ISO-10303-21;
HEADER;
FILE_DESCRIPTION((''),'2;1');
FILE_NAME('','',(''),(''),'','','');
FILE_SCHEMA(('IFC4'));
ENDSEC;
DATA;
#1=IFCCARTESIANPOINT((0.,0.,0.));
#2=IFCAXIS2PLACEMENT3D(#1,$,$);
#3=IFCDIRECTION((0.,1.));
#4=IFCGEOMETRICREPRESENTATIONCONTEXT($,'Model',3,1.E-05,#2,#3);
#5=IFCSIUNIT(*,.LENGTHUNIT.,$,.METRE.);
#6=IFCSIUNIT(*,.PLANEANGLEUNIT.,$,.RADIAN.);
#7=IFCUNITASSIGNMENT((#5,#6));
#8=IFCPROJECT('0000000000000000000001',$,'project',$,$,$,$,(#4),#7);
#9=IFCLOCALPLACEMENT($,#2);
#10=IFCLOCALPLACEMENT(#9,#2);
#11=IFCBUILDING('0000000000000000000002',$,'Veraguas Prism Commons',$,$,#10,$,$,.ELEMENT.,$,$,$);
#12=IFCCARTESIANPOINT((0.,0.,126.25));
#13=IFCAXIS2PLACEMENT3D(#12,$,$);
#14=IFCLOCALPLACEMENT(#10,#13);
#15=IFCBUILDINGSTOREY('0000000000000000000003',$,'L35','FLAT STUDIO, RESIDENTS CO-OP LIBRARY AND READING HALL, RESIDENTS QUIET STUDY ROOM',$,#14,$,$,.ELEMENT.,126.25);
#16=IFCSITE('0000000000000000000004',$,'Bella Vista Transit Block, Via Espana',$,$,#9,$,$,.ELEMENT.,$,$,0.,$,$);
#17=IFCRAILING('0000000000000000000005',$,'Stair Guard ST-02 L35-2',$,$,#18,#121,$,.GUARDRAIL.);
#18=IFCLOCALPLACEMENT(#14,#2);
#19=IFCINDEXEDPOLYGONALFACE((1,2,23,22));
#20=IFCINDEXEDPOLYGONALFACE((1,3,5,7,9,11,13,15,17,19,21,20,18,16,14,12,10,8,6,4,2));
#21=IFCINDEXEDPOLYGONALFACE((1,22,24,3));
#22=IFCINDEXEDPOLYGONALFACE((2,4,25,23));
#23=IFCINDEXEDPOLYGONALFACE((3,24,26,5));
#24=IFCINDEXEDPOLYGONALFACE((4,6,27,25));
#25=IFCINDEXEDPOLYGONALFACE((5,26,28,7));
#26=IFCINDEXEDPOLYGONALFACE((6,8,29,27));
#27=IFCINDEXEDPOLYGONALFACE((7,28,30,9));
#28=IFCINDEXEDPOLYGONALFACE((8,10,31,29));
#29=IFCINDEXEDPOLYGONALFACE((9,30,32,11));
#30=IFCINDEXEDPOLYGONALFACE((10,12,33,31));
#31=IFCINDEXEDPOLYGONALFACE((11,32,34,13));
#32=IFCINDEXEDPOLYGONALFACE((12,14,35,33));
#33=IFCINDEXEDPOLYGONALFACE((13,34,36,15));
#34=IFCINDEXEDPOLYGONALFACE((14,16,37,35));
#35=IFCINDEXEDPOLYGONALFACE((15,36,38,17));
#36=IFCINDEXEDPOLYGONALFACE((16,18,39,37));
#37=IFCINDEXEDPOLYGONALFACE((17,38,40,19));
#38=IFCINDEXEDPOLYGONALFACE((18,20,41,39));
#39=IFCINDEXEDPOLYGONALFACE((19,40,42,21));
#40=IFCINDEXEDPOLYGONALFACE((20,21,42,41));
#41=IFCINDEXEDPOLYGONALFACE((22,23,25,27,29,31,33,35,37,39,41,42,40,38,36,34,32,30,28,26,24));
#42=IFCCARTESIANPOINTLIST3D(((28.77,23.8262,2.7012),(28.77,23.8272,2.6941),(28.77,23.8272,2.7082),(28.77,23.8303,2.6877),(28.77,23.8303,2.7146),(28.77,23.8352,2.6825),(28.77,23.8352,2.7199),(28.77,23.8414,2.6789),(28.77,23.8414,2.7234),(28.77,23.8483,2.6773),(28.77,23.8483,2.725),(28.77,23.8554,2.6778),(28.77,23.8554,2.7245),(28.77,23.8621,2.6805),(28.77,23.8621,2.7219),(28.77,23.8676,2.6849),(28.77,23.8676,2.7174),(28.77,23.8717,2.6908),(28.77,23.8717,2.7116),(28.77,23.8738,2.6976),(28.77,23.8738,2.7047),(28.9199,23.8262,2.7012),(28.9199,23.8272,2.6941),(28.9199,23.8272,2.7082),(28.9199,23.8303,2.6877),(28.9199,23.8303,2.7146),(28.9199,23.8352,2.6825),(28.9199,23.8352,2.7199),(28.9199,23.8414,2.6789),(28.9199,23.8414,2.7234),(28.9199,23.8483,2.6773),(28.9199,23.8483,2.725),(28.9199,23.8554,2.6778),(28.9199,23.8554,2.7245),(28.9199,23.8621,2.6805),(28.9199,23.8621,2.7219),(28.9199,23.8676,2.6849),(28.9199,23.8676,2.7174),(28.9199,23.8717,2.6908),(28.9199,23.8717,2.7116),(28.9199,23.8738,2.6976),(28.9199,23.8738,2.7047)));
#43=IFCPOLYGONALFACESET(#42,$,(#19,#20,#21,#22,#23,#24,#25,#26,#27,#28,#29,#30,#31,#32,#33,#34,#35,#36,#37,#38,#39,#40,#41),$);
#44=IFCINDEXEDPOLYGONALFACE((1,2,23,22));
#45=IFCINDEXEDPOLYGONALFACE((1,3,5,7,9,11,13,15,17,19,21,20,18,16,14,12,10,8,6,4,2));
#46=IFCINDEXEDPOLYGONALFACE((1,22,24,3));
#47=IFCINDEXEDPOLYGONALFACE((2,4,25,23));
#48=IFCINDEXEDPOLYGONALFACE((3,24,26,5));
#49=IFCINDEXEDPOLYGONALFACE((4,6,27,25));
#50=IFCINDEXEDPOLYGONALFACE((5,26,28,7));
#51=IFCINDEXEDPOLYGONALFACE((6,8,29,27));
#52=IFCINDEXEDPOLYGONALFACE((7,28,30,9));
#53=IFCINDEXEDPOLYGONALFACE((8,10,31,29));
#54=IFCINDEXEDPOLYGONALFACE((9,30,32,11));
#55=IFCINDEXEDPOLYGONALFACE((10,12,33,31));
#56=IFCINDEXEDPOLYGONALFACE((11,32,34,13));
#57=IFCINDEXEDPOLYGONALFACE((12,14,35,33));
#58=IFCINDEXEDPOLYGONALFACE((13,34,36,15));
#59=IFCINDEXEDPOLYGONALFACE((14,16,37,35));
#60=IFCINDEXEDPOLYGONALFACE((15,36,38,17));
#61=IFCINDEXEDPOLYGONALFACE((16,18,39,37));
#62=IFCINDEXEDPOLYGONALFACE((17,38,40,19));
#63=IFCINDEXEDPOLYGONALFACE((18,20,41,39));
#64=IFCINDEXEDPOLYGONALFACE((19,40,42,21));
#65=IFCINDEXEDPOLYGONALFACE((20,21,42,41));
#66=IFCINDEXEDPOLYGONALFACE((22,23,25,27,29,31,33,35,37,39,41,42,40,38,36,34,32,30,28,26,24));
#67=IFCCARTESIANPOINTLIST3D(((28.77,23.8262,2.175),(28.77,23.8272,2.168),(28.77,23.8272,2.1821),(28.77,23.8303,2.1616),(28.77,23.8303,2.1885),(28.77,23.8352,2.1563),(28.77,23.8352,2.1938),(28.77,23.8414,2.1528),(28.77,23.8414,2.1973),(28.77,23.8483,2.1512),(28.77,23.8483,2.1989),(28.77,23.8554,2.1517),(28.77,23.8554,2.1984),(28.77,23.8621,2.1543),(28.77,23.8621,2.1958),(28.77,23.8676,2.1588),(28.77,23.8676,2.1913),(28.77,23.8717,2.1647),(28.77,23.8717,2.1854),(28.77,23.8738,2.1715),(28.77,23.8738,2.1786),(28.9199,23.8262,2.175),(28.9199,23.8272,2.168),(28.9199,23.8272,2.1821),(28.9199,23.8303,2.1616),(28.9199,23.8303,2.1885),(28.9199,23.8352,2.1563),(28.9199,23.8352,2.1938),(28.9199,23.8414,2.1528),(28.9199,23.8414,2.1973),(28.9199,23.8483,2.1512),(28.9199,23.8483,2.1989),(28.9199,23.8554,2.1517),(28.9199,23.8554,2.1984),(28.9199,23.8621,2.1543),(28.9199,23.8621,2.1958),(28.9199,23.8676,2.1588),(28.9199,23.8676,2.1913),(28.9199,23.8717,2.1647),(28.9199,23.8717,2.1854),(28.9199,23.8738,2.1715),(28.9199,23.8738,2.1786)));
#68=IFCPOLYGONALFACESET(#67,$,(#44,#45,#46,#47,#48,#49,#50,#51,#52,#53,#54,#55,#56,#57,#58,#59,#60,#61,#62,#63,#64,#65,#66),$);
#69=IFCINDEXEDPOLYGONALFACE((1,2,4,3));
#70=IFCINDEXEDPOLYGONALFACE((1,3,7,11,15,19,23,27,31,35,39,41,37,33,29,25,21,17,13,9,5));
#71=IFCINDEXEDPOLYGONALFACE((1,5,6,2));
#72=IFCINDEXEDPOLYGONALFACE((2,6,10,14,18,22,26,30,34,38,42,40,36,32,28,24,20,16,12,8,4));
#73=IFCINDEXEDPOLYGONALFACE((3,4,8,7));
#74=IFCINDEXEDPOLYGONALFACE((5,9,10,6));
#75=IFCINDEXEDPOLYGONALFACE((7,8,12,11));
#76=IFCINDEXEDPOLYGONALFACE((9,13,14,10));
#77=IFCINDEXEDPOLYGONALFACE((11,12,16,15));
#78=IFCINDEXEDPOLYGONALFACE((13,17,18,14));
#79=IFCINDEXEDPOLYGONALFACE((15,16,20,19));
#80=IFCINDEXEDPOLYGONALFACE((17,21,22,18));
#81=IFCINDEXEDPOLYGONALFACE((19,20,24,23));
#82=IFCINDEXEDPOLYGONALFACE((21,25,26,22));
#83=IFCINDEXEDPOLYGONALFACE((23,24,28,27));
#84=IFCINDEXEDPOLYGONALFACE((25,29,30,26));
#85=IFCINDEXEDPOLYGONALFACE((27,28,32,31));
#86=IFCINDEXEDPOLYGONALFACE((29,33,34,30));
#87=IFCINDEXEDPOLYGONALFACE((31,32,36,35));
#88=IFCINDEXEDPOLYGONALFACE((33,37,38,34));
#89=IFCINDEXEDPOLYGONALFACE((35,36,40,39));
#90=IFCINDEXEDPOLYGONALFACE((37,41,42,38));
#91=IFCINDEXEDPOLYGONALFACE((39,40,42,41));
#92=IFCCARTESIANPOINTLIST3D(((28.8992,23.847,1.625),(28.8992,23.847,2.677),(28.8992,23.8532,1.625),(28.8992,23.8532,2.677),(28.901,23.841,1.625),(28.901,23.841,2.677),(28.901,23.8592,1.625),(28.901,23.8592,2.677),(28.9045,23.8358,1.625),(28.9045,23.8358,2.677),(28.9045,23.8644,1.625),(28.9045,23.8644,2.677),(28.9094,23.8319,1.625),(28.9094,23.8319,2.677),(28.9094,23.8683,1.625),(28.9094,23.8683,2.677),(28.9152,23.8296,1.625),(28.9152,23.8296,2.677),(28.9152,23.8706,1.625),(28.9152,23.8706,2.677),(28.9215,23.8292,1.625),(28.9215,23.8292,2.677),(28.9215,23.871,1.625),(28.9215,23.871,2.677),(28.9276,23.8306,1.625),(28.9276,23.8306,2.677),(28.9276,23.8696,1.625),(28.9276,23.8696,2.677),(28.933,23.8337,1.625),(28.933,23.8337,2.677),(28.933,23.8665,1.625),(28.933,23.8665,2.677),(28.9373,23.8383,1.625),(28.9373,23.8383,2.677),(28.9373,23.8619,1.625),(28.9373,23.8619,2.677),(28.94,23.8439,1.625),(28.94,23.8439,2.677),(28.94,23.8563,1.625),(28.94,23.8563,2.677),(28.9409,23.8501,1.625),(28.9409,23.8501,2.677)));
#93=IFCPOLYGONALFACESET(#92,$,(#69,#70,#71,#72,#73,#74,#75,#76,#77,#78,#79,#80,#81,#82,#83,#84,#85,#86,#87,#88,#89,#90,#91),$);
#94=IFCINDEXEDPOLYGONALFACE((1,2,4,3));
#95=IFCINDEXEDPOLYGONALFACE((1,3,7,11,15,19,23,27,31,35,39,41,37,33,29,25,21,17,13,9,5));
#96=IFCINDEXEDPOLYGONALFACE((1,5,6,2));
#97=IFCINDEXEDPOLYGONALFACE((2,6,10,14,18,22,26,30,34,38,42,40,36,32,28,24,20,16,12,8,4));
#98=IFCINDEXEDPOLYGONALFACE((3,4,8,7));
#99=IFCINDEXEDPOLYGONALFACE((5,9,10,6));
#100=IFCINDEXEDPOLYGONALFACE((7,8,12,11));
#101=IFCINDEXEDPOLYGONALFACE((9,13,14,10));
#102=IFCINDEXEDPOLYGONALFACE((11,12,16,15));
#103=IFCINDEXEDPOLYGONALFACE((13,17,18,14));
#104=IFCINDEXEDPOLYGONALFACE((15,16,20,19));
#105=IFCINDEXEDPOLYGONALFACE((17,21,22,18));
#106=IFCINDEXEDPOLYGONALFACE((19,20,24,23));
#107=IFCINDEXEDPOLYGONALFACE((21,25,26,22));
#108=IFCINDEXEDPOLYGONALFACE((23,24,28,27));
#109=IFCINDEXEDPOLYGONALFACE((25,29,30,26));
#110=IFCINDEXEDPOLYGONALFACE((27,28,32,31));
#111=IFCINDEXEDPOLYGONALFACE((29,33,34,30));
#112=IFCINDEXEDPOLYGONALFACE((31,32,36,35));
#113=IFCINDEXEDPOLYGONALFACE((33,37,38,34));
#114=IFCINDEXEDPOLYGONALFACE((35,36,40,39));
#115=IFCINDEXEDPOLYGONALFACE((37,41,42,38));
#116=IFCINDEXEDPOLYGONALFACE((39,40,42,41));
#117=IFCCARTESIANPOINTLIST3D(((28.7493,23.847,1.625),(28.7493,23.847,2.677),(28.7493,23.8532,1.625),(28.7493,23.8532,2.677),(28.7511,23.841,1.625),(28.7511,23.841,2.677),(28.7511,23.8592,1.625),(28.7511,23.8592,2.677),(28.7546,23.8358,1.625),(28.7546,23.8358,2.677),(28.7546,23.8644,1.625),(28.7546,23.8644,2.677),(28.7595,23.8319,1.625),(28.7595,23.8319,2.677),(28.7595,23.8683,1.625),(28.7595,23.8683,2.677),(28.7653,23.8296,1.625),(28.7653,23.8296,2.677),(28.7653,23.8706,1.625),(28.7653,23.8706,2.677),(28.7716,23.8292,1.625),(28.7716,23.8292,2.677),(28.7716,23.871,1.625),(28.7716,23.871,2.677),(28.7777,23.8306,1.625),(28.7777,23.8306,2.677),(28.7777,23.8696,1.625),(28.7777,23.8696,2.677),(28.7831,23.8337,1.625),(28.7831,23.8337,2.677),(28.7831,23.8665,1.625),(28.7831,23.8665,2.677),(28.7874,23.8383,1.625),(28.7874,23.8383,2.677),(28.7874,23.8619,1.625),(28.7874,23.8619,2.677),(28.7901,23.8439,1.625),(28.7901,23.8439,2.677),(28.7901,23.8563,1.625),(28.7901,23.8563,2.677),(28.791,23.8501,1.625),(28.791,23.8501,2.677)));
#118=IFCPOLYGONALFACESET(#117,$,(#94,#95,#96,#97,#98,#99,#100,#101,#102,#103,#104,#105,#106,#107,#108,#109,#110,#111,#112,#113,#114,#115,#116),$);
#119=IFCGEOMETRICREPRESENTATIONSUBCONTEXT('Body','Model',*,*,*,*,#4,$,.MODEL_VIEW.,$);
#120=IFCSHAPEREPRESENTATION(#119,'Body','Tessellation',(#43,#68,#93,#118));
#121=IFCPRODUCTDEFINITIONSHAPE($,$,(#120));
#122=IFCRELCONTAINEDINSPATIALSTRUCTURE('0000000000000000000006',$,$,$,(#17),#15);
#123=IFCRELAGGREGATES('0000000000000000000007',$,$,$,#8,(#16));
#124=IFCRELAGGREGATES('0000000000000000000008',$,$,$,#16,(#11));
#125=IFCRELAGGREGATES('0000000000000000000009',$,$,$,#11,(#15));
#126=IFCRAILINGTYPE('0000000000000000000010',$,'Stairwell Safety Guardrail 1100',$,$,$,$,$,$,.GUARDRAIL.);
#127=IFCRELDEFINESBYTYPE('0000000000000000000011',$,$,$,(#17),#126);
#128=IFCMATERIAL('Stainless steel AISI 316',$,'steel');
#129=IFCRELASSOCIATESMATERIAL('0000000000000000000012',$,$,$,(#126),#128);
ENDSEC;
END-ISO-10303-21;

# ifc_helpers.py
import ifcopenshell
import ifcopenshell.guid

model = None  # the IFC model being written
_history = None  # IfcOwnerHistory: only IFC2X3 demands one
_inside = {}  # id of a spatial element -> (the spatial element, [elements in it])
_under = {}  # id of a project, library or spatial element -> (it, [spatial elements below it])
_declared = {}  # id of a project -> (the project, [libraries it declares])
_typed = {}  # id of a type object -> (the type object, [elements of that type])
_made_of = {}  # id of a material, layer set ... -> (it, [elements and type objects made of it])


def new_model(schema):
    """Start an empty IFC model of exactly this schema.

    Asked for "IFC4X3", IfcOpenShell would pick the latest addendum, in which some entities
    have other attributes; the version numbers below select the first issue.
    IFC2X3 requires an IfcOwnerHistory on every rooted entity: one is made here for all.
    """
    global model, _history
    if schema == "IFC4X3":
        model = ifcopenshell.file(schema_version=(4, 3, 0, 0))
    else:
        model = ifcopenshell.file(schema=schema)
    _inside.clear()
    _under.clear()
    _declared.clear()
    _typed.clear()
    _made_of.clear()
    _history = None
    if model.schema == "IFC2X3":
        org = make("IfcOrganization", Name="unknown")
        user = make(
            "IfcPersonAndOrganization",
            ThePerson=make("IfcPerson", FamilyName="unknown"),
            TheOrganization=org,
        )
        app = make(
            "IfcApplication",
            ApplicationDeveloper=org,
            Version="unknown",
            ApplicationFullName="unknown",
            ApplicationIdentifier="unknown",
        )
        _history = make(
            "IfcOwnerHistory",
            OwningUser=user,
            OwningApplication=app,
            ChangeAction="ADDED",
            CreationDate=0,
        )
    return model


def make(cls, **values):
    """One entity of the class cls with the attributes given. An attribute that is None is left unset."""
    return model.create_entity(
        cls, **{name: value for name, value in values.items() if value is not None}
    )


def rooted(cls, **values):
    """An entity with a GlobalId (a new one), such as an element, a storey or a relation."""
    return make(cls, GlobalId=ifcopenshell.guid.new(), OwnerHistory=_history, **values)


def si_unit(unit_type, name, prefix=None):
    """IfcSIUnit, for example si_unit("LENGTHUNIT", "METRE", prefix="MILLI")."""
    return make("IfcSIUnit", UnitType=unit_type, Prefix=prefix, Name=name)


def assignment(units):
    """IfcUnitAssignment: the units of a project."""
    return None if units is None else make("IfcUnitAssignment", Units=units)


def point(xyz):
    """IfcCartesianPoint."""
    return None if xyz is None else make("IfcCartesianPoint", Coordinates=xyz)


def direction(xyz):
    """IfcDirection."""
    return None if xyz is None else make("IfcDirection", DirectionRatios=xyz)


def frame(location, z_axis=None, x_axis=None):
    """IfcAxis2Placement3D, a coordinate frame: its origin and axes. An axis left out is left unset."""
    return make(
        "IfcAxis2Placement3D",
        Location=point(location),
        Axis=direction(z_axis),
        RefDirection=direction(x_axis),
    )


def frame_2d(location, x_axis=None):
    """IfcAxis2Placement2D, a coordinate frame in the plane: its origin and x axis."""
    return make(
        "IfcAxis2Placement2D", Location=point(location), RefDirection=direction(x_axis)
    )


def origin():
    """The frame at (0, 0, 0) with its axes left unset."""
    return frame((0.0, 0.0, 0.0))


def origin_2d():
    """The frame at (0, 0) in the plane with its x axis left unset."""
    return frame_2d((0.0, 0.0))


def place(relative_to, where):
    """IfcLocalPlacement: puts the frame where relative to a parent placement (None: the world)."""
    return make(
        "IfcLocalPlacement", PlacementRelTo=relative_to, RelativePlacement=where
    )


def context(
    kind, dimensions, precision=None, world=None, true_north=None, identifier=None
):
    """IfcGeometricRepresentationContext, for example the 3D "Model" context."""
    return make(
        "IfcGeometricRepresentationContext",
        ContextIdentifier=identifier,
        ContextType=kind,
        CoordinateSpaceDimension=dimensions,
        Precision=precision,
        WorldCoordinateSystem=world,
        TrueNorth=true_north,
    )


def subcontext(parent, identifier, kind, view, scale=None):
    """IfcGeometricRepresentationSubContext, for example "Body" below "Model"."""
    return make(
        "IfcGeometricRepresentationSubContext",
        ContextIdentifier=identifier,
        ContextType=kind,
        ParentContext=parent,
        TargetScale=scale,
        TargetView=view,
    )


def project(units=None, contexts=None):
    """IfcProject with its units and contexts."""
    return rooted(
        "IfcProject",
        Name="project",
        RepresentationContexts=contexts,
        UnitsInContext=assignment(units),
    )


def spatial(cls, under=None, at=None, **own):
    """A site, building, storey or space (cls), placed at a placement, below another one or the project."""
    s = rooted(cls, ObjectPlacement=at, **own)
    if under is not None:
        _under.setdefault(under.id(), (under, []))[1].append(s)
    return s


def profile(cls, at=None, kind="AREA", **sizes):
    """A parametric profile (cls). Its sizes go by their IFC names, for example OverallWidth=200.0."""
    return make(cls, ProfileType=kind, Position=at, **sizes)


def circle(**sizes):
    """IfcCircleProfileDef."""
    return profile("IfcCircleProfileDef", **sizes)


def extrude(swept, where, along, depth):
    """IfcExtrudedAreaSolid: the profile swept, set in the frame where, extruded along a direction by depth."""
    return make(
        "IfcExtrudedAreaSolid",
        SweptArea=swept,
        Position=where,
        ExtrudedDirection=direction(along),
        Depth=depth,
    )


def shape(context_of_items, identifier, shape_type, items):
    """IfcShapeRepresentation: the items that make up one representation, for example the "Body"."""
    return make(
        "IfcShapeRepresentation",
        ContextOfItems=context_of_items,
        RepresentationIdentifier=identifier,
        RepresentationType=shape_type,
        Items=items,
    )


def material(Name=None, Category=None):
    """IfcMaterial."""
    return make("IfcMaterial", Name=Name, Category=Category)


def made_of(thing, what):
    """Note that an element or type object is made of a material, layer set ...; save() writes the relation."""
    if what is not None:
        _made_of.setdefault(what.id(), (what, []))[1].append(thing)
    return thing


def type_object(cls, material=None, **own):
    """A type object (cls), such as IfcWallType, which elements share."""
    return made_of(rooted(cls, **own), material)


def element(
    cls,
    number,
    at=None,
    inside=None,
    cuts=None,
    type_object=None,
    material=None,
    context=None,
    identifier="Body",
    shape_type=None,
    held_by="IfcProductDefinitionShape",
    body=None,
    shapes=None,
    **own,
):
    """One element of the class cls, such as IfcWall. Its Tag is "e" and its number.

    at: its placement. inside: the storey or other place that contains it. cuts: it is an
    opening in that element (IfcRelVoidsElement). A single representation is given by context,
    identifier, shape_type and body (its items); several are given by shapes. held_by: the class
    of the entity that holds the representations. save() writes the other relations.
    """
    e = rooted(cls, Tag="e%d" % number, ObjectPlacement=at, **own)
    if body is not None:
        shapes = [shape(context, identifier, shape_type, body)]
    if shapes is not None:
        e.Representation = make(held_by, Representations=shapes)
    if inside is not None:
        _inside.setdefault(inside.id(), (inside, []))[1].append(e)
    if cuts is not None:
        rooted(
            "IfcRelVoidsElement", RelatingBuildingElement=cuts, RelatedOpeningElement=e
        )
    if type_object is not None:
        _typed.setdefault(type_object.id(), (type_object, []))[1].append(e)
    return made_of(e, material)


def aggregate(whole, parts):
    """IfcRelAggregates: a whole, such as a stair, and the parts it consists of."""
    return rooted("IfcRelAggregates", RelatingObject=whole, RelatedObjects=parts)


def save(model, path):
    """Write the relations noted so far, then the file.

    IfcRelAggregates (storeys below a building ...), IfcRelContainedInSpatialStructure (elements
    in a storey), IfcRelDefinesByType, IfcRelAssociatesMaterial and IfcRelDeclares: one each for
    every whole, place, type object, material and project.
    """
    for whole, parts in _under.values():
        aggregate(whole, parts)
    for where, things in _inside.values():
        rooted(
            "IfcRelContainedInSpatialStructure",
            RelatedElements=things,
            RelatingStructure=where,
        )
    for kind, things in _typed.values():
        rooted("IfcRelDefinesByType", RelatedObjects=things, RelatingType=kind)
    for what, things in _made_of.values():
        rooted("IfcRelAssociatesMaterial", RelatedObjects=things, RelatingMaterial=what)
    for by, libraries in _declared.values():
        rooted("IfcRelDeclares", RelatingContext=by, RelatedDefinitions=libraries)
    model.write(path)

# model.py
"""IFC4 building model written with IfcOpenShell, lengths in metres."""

from ifc_helpers import new_model, si_unit, direction, frame, origin, origin_2d, place, context, subcontext, project, spatial, circle, extrude, material, type_object, element, save


model = new_model("IFC4")

# Units and contexts
model_context = context("Model", 3, precision=1e-05, world=origin(), true_north=direction((0.0, 1.0)))
body_context = subcontext(model_context, "Body", "Model", "MODEL_VIEW")
ifc_project = project(units=[si_unit("LENGTHUNIT", "METRE"), si_unit("PLANEANGLEUNIT", "RADIAN")], contexts=[model_context])

# Site, building, storey
site_placement = place(None, origin())
site = spatial("IfcSite", under=ifc_project, at=site_placement, Name="Bella Vista Transit Block, Via Espana", CompositionType="ELEMENT", RefElevation=0.0)
building_placement = place(site_placement, origin())
building = spatial("IfcBuilding", under=site, at=building_placement, Name="Veraguas Prism Commons", CompositionType="ELEMENT")
storey_placement = place(building_placement, frame((0.0, 0.0, 126.25)))
storey = spatial("IfcBuildingStorey", under=building, at=storey_placement, Name="L35", Description="FLAT STUDIO, RESIDENTS CO-OP LIBRARY AND READING HALL, RESIDENTS QUIET STUDY ROOM", CompositionType="ELEMENT", Elevation=126.25)

# Shared definitions
ifc_material_1 = material(Name="Stainless steel AISI 316", Category="steel")

# Railing
railing_type_1 = type_object("IfcRailingType", Name="Stairwell Safety Guardrail 1100", PredefinedType="GUARDRAIL", material=ifc_material_1)
railing_1_placement = place(storey_placement, frame((28.9199, 23.8501, 1.625)))
element("IfcRailing", 1, at=railing_1_placement, inside=storey, type_object=railing_type_1, Name="Stair Guard ST-02 L35-2", PredefinedType="GUARDRAIL", context=body_context, shape_type="SweptSolid", body=[
    extrude(circle(Radius=0.0239, at=origin_2d()), frame((0.0, 0.0, 1.0762), z_axis=(-1.0, 0.0, 0.0), x_axis=(0.0, -1.0, 0.0)), (0.0, 0.0, 1.0), 0.1499),
    extrude(circle(Radius=0.0239, at=origin_2d()), frame((0.0, 0.0, 0.55), z_axis=(-1.0, 0.0, 0.0), x_axis=(0.0, -1.0, 0.0)), (0.0, 0.0, 1.0), 0.1499),
    extrude(circle(Radius=0.021, at=origin_2d()), origin(), (0.0, 0.0, 1.0), 1.052),
    extrude(circle(Radius=0.021, at=origin_2d()), frame((-0.1499, 0.0, 0.0)), (0.0, 0.0, 1.0), 1.052),
])

save(model, "model.ifc")
